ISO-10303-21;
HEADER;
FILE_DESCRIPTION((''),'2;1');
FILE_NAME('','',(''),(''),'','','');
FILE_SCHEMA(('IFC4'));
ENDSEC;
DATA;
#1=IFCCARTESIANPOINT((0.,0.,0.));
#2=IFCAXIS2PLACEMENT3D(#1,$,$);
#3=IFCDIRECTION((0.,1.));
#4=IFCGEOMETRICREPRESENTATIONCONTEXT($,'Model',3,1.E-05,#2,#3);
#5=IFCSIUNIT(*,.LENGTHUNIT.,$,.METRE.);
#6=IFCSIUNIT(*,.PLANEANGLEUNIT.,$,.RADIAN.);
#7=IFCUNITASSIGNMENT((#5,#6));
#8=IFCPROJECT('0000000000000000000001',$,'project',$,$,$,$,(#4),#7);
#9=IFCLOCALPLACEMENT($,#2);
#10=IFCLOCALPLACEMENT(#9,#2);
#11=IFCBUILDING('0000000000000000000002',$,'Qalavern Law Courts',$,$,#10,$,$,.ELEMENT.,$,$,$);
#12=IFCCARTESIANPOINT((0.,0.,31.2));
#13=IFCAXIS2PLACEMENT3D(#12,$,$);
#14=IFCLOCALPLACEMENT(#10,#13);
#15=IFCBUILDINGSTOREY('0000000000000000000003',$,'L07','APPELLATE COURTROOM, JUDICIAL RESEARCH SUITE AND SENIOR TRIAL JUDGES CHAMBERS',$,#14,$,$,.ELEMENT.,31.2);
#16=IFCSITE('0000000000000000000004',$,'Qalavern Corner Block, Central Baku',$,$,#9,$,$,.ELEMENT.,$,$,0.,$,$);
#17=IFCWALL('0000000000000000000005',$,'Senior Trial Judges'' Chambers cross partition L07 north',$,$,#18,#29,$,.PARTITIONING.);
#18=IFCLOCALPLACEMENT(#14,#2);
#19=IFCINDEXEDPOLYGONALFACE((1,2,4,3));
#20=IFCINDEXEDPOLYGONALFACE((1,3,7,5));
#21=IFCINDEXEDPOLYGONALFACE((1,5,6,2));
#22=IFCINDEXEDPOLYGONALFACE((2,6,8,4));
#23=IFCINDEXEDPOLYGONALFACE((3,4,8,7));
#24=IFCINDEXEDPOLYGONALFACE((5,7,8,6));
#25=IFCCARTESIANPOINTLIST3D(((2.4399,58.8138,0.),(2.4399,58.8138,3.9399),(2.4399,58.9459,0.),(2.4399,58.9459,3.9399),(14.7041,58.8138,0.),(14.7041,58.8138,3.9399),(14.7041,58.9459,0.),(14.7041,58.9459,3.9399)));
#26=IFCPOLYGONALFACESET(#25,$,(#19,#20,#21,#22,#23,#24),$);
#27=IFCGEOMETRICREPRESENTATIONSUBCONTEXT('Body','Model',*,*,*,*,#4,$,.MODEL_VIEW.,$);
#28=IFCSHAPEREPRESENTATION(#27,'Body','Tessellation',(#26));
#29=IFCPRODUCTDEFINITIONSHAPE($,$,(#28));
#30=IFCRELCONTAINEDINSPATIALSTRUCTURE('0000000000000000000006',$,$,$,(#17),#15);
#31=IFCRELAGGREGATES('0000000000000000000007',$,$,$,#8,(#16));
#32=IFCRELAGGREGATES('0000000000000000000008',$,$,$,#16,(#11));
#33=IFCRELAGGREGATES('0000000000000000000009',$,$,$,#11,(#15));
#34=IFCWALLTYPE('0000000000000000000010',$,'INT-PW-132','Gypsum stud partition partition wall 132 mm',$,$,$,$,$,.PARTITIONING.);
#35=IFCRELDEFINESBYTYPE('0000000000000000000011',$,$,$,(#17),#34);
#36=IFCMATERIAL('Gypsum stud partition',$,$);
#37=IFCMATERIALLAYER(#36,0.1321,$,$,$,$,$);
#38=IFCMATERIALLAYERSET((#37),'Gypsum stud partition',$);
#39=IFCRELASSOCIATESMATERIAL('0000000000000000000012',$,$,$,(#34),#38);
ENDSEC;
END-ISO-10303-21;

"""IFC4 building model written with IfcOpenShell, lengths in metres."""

from ifc_helpers import new_model, si_unit, direction, frame, frame_2d, origin, place, context, subcontext, project, spatial, rectangle, extrude, material, layer, layer_set, type_object, element, save


model = new_model("IFC4")

# Units and contexts
model_context = context("Model", 3, precision=1e-05, world=origin(), true_north=direction((0.0, 1.0)))
body_context = subcontext(model_context, "Body", "Model", "MODEL_VIEW")
ifc_project = project(units=[si_unit("LENGTHUNIT", "METRE"), si_unit("PLANEANGLEUNIT", "RADIAN")], contexts=[model_context])

# Site, building, storey
site_placement = place(None, origin())
site = spatial("IfcSite", under=ifc_project, at=site_placement, Name="Qalavern Corner Block, Central Baku", CompositionType="ELEMENT", RefElevation=0.0)
building_placement = place(site_placement, origin())
building = spatial("IfcBuilding", under=site, at=building_placement, Name="Qalavern Law Courts", CompositionType="ELEMENT")
storey_placement = place(building_placement, frame((0.0, 0.0, 31.2)))
storey = spatial("IfcBuildingStorey", under=building, at=storey_placement, Name="L07", Description="APPELLATE COURTROOM, JUDICIAL RESEARCH SUITE AND SENIOR TRIAL JUDGES CHAMBERS", CompositionType="ELEMENT", Elevation=31.2)

# Shared definitions
ifc_material_1 = material(Name="Gypsum stud partition")

# Wall
ifc_layer_1 = layer(ifc_material_1, 0.1321)
ifc_layer_set_1 = layer_set([ifc_layer_1], Name="Gypsum stud partition")
wall_type_1 = type_object("IfcWallType", Name="INT-PW-132", Description="Gypsum stud partition partition wall 132 mm", PredefinedType="PARTITIONING", material=ifc_layer_set_1)
wall_1_placement = place(storey_placement, frame((2.4399, 58.8799, 0.0), z_axis=(0.0, 0.0, 1.0), x_axis=(1.0, 0.0, 0.0)))
element("IfcWall", 1, at=wall_1_placement, inside=storey, type_object=wall_type_1, Name="Senior Trial Judges' Chambers cross partition L07 north", PredefinedType="PARTITIONING", context=body_context, shape_type="SweptSolid", body=[
    extrude(rectangle(XDim=12.2642, YDim=0.1321, at=frame_2d((6.1321, 0.0))), origin(), (0.0, 0.0, 1.0), 3.9399),
])

save(model, "model.ifc")
